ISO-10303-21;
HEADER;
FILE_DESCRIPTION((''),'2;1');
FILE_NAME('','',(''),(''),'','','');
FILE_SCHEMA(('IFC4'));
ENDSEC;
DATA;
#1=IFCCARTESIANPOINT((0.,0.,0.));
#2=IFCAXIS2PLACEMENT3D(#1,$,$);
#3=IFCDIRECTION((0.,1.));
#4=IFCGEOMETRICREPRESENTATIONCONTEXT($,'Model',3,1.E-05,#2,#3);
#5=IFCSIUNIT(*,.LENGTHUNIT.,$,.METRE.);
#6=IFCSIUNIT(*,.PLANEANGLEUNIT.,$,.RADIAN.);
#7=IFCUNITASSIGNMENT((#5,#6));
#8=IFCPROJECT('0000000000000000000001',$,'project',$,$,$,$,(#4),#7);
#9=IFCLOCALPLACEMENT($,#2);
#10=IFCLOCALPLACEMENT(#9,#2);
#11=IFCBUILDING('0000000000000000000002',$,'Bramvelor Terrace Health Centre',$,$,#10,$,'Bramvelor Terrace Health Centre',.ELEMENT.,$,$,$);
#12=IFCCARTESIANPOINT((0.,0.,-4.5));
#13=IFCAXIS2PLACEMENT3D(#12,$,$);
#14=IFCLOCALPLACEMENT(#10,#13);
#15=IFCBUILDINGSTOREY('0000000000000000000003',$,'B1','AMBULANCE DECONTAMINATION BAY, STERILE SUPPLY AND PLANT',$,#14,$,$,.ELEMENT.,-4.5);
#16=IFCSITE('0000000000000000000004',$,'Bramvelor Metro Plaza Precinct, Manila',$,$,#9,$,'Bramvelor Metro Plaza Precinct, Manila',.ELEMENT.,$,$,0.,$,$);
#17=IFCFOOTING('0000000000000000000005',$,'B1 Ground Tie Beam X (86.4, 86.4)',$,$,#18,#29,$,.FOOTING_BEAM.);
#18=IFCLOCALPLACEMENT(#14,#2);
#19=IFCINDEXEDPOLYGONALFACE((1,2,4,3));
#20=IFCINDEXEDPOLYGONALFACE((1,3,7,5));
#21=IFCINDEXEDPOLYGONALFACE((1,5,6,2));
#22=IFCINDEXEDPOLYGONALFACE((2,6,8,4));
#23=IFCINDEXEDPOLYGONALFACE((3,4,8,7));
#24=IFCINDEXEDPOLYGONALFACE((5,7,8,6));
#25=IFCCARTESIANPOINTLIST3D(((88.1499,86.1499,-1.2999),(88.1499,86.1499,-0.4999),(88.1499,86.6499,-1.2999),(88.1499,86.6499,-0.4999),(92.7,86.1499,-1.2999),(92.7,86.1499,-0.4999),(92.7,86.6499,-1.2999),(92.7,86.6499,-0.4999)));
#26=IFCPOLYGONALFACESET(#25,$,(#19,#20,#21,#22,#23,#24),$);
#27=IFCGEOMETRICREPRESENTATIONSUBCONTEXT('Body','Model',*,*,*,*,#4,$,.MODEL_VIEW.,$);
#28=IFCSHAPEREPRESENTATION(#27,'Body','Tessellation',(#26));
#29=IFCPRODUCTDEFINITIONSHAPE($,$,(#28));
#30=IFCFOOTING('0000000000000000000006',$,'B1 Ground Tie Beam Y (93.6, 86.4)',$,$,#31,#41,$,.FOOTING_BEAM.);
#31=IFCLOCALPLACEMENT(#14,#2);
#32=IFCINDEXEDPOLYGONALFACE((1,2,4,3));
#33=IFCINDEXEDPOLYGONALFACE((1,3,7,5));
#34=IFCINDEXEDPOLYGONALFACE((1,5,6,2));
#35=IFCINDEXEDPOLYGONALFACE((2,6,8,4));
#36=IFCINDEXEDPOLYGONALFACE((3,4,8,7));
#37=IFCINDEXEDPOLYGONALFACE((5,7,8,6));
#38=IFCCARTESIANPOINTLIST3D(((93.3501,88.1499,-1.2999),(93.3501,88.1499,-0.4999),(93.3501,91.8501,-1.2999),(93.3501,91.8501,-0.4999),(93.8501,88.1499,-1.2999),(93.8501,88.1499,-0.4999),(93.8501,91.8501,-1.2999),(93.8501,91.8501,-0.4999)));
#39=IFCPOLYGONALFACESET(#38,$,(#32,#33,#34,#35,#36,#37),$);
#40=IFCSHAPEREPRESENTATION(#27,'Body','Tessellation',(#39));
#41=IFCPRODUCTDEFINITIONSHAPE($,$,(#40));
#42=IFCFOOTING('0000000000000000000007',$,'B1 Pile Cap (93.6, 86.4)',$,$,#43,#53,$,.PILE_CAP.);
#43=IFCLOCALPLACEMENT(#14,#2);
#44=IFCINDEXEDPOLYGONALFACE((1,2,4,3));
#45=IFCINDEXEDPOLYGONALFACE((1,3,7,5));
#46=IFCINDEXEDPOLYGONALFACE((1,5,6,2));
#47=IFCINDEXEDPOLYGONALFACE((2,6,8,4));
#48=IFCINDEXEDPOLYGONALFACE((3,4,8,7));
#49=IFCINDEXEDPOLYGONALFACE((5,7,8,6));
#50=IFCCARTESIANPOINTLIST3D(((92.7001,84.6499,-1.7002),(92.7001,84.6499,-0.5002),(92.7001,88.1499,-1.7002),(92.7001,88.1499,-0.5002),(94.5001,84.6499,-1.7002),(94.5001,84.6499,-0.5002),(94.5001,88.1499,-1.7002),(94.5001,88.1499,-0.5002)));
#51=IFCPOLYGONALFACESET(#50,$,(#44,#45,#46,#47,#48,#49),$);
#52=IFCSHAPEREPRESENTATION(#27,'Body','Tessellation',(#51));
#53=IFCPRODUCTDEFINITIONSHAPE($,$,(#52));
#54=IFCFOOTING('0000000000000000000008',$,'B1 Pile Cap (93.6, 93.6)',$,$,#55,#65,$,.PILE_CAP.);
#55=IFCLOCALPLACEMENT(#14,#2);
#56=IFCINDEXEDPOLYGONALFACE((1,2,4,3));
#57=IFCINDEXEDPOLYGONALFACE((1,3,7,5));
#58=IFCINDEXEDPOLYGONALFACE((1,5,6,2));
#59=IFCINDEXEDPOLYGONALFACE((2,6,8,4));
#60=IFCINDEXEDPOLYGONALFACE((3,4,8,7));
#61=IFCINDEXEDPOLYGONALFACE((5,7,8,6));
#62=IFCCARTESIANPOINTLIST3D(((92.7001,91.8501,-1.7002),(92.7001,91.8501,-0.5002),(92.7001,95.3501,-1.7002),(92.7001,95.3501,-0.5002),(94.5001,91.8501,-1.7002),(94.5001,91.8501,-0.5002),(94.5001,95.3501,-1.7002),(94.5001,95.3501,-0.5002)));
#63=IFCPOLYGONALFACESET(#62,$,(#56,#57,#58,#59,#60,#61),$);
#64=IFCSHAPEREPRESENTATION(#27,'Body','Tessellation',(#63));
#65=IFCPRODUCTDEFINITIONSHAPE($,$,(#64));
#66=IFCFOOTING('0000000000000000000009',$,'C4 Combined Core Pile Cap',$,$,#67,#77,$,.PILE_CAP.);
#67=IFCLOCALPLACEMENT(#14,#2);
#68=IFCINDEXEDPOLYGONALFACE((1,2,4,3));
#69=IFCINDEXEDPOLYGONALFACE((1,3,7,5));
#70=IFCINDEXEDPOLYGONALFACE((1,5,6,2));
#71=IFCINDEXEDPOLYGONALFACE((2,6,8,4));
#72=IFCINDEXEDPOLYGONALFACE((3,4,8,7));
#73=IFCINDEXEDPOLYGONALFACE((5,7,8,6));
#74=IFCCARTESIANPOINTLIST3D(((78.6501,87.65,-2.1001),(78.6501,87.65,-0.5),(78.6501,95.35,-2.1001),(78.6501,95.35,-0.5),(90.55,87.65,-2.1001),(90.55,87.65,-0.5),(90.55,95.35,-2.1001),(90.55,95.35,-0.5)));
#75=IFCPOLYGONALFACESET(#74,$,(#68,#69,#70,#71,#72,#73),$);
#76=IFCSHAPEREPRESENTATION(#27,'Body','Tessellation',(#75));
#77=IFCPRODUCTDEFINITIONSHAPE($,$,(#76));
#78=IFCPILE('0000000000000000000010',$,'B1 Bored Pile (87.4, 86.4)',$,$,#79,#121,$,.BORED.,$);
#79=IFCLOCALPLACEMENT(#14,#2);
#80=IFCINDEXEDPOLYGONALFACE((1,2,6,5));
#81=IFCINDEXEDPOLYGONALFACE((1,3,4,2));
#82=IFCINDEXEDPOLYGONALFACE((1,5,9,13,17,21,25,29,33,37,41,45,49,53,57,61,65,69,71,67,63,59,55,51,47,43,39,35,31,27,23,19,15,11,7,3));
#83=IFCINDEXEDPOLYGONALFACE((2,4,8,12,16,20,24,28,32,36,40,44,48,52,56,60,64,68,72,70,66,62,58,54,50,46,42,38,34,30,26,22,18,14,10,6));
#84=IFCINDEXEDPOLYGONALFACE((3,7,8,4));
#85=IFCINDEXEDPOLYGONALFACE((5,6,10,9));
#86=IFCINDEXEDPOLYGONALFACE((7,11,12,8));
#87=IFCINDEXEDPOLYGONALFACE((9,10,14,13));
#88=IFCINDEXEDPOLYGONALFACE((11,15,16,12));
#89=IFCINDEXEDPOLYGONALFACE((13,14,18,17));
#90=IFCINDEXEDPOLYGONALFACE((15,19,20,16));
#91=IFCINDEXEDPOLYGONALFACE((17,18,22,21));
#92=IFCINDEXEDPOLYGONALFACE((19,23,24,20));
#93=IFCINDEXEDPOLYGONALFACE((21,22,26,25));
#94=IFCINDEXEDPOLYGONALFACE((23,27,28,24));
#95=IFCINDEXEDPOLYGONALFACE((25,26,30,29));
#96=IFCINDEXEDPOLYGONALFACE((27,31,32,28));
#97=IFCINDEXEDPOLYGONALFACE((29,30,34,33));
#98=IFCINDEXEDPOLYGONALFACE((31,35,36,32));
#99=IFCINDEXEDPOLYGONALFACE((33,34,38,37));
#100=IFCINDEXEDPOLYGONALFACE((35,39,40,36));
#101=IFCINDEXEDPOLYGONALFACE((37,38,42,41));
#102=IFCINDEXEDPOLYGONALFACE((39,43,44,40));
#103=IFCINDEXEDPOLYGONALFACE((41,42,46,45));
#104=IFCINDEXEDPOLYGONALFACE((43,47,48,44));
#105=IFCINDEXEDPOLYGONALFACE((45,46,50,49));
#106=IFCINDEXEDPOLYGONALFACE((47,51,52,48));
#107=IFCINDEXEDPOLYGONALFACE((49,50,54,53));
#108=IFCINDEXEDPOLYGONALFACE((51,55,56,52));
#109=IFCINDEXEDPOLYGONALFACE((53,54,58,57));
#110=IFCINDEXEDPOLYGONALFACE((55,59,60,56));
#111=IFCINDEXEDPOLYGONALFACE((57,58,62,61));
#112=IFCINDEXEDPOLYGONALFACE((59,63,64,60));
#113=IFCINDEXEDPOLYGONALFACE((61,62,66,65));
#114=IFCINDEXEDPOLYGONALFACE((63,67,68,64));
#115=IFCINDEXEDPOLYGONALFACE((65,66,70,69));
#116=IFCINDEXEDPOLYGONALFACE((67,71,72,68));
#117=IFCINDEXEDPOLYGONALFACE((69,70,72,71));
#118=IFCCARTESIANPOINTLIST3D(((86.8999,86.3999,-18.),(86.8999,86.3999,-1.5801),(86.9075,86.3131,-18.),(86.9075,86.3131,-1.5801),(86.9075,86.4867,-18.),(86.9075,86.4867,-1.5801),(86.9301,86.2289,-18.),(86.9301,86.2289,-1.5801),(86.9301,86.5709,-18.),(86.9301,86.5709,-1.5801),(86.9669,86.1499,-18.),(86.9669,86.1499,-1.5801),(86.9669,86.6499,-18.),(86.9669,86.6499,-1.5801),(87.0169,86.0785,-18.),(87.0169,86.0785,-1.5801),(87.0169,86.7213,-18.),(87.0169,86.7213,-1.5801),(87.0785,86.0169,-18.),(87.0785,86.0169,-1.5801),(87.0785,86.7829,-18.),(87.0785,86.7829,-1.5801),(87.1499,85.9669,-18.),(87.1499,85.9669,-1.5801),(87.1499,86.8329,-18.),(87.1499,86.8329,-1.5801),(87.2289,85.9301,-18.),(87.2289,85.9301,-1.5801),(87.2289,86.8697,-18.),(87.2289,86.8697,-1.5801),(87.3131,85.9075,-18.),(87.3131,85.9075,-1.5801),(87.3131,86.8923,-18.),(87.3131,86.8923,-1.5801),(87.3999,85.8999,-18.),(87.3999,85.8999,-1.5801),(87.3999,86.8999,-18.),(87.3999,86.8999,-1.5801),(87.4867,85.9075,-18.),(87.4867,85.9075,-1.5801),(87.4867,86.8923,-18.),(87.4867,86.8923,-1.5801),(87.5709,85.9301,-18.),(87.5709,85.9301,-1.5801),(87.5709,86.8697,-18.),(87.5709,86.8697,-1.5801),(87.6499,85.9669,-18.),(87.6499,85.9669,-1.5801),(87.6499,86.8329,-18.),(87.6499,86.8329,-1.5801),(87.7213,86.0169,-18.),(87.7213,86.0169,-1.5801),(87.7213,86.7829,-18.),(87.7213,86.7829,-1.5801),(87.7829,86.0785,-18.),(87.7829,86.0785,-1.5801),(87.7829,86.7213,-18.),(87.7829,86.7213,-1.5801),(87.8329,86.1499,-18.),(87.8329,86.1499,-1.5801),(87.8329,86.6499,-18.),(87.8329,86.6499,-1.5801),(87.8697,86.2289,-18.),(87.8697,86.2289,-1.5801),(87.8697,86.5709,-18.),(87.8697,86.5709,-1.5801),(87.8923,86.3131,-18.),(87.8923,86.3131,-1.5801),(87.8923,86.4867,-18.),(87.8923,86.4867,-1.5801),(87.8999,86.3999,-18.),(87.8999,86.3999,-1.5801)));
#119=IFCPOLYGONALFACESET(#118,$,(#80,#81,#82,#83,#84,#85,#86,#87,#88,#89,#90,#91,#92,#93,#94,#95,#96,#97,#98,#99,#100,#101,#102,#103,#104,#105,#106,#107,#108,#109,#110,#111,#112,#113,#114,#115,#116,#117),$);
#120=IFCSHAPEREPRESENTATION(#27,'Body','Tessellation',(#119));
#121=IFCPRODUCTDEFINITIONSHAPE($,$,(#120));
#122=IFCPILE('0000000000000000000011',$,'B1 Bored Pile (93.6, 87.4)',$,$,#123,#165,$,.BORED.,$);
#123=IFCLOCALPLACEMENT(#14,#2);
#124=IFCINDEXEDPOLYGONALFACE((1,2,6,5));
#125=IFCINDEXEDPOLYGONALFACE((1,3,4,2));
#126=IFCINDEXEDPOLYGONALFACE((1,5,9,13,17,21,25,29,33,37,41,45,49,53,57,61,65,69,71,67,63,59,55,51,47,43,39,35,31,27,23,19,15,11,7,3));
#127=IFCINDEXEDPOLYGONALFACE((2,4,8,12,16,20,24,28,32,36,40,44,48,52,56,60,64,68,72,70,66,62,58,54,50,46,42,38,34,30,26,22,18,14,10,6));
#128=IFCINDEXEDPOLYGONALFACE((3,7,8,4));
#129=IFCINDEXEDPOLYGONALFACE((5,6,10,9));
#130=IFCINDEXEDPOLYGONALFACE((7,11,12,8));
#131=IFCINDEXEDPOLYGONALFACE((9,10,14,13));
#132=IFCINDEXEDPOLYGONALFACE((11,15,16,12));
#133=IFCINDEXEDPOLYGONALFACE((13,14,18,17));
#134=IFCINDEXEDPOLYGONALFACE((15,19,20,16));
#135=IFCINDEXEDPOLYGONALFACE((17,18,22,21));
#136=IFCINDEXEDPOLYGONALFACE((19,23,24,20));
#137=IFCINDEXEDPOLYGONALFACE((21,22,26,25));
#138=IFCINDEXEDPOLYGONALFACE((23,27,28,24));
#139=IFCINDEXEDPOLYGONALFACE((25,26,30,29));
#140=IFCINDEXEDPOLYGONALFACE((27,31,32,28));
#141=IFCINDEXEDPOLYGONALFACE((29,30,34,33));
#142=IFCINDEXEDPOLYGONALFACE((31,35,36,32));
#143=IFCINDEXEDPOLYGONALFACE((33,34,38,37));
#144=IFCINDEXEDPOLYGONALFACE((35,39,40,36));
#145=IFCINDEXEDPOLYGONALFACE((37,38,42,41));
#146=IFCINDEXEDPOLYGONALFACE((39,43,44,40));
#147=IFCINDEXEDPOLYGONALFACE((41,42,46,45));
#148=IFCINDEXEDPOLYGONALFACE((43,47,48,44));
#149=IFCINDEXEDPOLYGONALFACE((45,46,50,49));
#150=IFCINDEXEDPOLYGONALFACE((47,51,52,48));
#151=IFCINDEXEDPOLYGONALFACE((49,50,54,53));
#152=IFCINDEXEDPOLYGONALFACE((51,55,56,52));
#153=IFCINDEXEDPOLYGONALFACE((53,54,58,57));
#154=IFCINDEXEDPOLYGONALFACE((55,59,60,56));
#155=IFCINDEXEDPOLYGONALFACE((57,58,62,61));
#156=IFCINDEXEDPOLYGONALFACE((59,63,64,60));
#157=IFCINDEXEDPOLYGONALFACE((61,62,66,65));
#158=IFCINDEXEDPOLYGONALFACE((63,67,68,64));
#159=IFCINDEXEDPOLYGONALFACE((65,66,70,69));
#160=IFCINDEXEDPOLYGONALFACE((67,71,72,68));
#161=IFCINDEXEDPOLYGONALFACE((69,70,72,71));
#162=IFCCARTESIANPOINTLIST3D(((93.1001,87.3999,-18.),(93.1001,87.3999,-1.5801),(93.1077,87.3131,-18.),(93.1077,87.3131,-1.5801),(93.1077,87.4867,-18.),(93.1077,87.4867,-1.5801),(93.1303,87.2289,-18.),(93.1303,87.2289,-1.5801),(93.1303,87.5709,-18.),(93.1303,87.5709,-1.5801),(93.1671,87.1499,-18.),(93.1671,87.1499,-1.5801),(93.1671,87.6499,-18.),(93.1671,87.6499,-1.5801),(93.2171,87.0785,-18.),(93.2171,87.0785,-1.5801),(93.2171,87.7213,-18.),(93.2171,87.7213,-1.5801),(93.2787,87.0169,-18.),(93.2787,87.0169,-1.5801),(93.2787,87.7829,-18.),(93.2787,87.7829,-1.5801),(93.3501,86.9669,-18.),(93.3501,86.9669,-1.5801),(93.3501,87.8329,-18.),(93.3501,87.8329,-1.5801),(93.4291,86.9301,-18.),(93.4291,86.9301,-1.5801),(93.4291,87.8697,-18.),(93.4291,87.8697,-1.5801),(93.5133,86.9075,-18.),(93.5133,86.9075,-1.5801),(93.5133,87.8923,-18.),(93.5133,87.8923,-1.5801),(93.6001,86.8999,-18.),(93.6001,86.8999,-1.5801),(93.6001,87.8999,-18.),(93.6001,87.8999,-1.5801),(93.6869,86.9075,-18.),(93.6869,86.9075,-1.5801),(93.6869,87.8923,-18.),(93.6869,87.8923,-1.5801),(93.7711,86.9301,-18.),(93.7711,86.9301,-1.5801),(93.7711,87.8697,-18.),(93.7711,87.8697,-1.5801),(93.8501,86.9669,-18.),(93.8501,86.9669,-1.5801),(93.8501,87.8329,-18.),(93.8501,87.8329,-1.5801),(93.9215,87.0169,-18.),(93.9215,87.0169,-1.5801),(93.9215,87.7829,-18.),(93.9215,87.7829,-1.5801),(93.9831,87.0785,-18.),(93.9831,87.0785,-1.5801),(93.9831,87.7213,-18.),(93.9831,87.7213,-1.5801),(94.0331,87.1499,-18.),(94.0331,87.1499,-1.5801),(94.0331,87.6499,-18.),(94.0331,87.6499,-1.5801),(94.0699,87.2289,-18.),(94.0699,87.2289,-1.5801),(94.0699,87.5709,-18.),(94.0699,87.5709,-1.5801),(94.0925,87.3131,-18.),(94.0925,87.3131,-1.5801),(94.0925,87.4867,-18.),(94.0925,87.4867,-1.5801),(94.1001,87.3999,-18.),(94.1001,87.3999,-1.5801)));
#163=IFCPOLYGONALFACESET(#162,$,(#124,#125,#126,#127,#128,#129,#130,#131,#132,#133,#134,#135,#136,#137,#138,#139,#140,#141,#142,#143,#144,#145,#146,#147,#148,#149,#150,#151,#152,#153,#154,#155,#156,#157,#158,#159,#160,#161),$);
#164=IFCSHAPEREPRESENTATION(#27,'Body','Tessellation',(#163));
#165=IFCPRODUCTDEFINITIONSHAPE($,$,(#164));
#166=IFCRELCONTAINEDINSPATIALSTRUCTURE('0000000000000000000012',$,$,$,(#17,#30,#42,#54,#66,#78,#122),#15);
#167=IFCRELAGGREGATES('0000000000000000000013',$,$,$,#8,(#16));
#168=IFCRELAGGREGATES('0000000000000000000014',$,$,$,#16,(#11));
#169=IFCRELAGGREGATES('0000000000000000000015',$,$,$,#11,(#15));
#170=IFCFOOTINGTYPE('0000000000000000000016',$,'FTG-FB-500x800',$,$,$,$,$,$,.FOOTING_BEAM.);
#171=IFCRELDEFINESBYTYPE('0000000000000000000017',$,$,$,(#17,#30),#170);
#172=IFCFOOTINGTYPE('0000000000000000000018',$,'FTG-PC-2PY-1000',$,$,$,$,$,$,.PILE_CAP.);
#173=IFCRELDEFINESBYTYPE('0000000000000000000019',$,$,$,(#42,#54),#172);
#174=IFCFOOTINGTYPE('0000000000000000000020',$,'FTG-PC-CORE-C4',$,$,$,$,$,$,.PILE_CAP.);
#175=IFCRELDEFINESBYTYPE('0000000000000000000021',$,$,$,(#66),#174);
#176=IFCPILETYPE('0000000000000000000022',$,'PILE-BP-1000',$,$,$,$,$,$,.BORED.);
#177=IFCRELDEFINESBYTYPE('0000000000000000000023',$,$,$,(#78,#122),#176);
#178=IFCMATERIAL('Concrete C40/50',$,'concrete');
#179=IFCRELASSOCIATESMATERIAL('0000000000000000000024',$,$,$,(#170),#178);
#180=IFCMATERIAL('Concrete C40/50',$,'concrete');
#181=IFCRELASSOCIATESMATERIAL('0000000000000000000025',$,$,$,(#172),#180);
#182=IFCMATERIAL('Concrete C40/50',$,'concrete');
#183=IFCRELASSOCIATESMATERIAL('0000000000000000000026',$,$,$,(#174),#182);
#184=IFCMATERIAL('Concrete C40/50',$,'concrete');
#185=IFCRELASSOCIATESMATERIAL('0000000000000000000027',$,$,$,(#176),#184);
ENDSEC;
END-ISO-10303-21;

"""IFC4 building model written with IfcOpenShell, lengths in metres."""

from ifc_helpers import new_model, si_unit, direction, frame, origin, origin_2d, place, context, subcontext, project, spatial, rectangle, circle, extrude, material, material_profile, profile_set, type_object, element, save


model = new_model("IFC4")

# Units and contexts
model_context = context("Model", 3, precision=1e-05, world=origin(), true_north=direction((0.0, 1.0)))
body_context = subcontext(model_context, "Body", "Model", "MODEL_VIEW")
ifc_project = project(units=[si_unit("LENGTHUNIT", "METRE"), si_unit("PLANEANGLEUNIT", "RADIAN")], contexts=[model_context])

# Site, building, storey
site_placement = place(None, origin())
site = spatial("IfcSite", under=ifc_project, at=site_placement, Name="Bramvelor Metro Plaza Precinct, Manila", LongName="Bramvelor Metro Plaza Precinct, Manila", CompositionType="ELEMENT", RefElevation=0.0)
building_placement = place(site_placement, origin())
building = spatial("IfcBuilding", under=site, at=building_placement, Name="Bramvelor Terrace Health Centre", LongName="Bramvelor Terrace Health Centre", CompositionType="ELEMENT")
storey_placement = place(building_placement, frame((0.0, 0.0, -4.5)))
storey = spatial("IfcBuildingStorey", under=building, at=storey_placement, Name="B1", Description="AMBULANCE DECONTAMINATION BAY, STERILE SUPPLY AND PLANT", CompositionType="ELEMENT", Elevation=-4.5)

# Footings
ifc_material_1 = material(Name="Concrete C40/50", Category="concrete")
ifc_material_profile_1 = material_profile(ifc_material_1, rectangle(XDim=0.5, YDim=0.8, at=origin_2d()), Name="RC 500x800")
ifc_profile_set_1 = profile_set([ifc_material_profile_1], Name="Concrete C40/50")
footing_type_1 = type_object("IfcFootingType", Name="FTG-FB-500x800", PredefinedType="FOOTING_BEAM", material=ifc_profile_set_1)
footing_1_placement = place(storey_placement, frame((88.1499, 86.3999, -0.8999), z_axis=(1.0, 0.0, 0.0), x_axis=(0.0, 1.0, 0.0)))
element("IfcFooting", 1, at=footing_1_placement, inside=storey, type_object=footing_type_1, Name="B1 Ground Tie Beam X (86.4, 86.4)", PredefinedType="FOOTING_BEAM", context=body_context, shape_type="SweptSolid", body=[
    extrude(rectangle(XDim=0.5, YDim=0.8, at=origin_2d()), origin(), (0.0, 0.0, 1.0), 4.55),
])
footing_2_placement = place(storey_placement, frame((93.6001, 88.1499, -0.8999), z_axis=(0.0, 1.0, 0.0), x_axis=(-1.0, 0.0, 0.0)))
element("IfcFooting", 2, at=footing_2_placement, inside=storey, type_object=footing_type_1, Name="B1 Ground Tie Beam Y (93.6, 86.4)", PredefinedType="FOOTING_BEAM", context=body_context, shape_type="SweptSolid", body=[
    extrude(rectangle(XDim=0.5, YDim=0.8, at=origin_2d()), origin(), (0.0, 0.0, 1.0), 3.7002),
])
ifc_material_2 = material(Name="Concrete C40/50", Category="concrete")
footing_type_2 = type_object("IfcFootingType", Name="FTG-PC-2PY-1000", PredefinedType="PILE_CAP", material=ifc_material_2)
for number, where, z_axis, x_axis, name in (
    (3, (93.6001, 86.3999, -1.7002), (0.0, 0.0, 1.0), (1.0, 0.0, 0.0), "B1 Pile Cap (93.6, 86.4)"),
    (4, (93.6001, 93.6001, -1.7002), (0.0, 0.0, 1.0), (1.0, 0.0, 0.0), "B1 Pile Cap (93.6, 93.6)"),
):
    element("IfcFooting", number, at=place(storey_placement, frame(where, z_axis=z_axis, x_axis=x_axis)), inside=storey, type_object=footing_type_2, Name=name, PredefinedType="PILE_CAP", context=body_context, shape_type="SweptSolid", body=[
        extrude(rectangle(XDim=1.8, YDim=3.5, at=origin_2d()), origin(), (0.0, 0.0, 1.0), 1.2),
    ])
ifc_material_3 = material(Name="Concrete C40/50", Category="concrete")
footing_type_3 = type_object("IfcFootingType", Name="FTG-PC-CORE-C4", PredefinedType="PILE_CAP", material=ifc_material_3)
footing_3_placement = place(storey_placement, frame((84.6001, 91.5, -2.1001), z_axis=(0.0, 0.0, 1.0), x_axis=(1.0, 0.0, 0.0)))
element("IfcFooting", 5, at=footing_3_placement, inside=storey, type_object=footing_type_3, Name="C4 Combined Core Pile Cap", PredefinedType="PILE_CAP", context=body_context, shape_type="SweptSolid", body=[
    extrude(rectangle(XDim=11.8999, YDim=7.7, at=origin_2d()), origin(), (0.0, 0.0, 1.0), 1.6001),
])

# Piles
ifc_material_4 = material(Name="Concrete C40/50", Category="concrete")
ifc_material_profile_2 = material_profile(ifc_material_4, circle(Radius=0.5, at=origin_2d()), Name="BP D1000")
ifc_profile_set_2 = profile_set([ifc_material_profile_2], Name="Concrete C40/50")
pile_type_1 = type_object("IfcPileType", Name="PILE-BP-1000", PredefinedType="BORED", material=ifc_profile_set_2)
for number, where, z_axis, x_axis, name in (
    (6, (87.3999, 86.3999, -1.5801), (0.0, 0.0, -1.0), (1.0, 0.0, 0.0), "B1 Bored Pile (87.4, 86.4)"),
    (7, (93.6001, 87.3999, -1.5801), (0.0, 0.0, -1.0), (1.0, 0.0, 0.0), "B1 Bored Pile (93.6, 87.4)"),
):
    element("IfcPile", number, at=place(storey_placement, frame(where, z_axis=z_axis, x_axis=x_axis)), inside=storey, type_object=pile_type_1, Name=name, PredefinedType="BORED", context=body_context, shape_type="SweptSolid", body=[
        extrude(circle(Radius=0.5, at=origin_2d()), origin(), (0.0, 0.0, 1.0), 16.4199),
    ])

save(model, "model.ifc")
